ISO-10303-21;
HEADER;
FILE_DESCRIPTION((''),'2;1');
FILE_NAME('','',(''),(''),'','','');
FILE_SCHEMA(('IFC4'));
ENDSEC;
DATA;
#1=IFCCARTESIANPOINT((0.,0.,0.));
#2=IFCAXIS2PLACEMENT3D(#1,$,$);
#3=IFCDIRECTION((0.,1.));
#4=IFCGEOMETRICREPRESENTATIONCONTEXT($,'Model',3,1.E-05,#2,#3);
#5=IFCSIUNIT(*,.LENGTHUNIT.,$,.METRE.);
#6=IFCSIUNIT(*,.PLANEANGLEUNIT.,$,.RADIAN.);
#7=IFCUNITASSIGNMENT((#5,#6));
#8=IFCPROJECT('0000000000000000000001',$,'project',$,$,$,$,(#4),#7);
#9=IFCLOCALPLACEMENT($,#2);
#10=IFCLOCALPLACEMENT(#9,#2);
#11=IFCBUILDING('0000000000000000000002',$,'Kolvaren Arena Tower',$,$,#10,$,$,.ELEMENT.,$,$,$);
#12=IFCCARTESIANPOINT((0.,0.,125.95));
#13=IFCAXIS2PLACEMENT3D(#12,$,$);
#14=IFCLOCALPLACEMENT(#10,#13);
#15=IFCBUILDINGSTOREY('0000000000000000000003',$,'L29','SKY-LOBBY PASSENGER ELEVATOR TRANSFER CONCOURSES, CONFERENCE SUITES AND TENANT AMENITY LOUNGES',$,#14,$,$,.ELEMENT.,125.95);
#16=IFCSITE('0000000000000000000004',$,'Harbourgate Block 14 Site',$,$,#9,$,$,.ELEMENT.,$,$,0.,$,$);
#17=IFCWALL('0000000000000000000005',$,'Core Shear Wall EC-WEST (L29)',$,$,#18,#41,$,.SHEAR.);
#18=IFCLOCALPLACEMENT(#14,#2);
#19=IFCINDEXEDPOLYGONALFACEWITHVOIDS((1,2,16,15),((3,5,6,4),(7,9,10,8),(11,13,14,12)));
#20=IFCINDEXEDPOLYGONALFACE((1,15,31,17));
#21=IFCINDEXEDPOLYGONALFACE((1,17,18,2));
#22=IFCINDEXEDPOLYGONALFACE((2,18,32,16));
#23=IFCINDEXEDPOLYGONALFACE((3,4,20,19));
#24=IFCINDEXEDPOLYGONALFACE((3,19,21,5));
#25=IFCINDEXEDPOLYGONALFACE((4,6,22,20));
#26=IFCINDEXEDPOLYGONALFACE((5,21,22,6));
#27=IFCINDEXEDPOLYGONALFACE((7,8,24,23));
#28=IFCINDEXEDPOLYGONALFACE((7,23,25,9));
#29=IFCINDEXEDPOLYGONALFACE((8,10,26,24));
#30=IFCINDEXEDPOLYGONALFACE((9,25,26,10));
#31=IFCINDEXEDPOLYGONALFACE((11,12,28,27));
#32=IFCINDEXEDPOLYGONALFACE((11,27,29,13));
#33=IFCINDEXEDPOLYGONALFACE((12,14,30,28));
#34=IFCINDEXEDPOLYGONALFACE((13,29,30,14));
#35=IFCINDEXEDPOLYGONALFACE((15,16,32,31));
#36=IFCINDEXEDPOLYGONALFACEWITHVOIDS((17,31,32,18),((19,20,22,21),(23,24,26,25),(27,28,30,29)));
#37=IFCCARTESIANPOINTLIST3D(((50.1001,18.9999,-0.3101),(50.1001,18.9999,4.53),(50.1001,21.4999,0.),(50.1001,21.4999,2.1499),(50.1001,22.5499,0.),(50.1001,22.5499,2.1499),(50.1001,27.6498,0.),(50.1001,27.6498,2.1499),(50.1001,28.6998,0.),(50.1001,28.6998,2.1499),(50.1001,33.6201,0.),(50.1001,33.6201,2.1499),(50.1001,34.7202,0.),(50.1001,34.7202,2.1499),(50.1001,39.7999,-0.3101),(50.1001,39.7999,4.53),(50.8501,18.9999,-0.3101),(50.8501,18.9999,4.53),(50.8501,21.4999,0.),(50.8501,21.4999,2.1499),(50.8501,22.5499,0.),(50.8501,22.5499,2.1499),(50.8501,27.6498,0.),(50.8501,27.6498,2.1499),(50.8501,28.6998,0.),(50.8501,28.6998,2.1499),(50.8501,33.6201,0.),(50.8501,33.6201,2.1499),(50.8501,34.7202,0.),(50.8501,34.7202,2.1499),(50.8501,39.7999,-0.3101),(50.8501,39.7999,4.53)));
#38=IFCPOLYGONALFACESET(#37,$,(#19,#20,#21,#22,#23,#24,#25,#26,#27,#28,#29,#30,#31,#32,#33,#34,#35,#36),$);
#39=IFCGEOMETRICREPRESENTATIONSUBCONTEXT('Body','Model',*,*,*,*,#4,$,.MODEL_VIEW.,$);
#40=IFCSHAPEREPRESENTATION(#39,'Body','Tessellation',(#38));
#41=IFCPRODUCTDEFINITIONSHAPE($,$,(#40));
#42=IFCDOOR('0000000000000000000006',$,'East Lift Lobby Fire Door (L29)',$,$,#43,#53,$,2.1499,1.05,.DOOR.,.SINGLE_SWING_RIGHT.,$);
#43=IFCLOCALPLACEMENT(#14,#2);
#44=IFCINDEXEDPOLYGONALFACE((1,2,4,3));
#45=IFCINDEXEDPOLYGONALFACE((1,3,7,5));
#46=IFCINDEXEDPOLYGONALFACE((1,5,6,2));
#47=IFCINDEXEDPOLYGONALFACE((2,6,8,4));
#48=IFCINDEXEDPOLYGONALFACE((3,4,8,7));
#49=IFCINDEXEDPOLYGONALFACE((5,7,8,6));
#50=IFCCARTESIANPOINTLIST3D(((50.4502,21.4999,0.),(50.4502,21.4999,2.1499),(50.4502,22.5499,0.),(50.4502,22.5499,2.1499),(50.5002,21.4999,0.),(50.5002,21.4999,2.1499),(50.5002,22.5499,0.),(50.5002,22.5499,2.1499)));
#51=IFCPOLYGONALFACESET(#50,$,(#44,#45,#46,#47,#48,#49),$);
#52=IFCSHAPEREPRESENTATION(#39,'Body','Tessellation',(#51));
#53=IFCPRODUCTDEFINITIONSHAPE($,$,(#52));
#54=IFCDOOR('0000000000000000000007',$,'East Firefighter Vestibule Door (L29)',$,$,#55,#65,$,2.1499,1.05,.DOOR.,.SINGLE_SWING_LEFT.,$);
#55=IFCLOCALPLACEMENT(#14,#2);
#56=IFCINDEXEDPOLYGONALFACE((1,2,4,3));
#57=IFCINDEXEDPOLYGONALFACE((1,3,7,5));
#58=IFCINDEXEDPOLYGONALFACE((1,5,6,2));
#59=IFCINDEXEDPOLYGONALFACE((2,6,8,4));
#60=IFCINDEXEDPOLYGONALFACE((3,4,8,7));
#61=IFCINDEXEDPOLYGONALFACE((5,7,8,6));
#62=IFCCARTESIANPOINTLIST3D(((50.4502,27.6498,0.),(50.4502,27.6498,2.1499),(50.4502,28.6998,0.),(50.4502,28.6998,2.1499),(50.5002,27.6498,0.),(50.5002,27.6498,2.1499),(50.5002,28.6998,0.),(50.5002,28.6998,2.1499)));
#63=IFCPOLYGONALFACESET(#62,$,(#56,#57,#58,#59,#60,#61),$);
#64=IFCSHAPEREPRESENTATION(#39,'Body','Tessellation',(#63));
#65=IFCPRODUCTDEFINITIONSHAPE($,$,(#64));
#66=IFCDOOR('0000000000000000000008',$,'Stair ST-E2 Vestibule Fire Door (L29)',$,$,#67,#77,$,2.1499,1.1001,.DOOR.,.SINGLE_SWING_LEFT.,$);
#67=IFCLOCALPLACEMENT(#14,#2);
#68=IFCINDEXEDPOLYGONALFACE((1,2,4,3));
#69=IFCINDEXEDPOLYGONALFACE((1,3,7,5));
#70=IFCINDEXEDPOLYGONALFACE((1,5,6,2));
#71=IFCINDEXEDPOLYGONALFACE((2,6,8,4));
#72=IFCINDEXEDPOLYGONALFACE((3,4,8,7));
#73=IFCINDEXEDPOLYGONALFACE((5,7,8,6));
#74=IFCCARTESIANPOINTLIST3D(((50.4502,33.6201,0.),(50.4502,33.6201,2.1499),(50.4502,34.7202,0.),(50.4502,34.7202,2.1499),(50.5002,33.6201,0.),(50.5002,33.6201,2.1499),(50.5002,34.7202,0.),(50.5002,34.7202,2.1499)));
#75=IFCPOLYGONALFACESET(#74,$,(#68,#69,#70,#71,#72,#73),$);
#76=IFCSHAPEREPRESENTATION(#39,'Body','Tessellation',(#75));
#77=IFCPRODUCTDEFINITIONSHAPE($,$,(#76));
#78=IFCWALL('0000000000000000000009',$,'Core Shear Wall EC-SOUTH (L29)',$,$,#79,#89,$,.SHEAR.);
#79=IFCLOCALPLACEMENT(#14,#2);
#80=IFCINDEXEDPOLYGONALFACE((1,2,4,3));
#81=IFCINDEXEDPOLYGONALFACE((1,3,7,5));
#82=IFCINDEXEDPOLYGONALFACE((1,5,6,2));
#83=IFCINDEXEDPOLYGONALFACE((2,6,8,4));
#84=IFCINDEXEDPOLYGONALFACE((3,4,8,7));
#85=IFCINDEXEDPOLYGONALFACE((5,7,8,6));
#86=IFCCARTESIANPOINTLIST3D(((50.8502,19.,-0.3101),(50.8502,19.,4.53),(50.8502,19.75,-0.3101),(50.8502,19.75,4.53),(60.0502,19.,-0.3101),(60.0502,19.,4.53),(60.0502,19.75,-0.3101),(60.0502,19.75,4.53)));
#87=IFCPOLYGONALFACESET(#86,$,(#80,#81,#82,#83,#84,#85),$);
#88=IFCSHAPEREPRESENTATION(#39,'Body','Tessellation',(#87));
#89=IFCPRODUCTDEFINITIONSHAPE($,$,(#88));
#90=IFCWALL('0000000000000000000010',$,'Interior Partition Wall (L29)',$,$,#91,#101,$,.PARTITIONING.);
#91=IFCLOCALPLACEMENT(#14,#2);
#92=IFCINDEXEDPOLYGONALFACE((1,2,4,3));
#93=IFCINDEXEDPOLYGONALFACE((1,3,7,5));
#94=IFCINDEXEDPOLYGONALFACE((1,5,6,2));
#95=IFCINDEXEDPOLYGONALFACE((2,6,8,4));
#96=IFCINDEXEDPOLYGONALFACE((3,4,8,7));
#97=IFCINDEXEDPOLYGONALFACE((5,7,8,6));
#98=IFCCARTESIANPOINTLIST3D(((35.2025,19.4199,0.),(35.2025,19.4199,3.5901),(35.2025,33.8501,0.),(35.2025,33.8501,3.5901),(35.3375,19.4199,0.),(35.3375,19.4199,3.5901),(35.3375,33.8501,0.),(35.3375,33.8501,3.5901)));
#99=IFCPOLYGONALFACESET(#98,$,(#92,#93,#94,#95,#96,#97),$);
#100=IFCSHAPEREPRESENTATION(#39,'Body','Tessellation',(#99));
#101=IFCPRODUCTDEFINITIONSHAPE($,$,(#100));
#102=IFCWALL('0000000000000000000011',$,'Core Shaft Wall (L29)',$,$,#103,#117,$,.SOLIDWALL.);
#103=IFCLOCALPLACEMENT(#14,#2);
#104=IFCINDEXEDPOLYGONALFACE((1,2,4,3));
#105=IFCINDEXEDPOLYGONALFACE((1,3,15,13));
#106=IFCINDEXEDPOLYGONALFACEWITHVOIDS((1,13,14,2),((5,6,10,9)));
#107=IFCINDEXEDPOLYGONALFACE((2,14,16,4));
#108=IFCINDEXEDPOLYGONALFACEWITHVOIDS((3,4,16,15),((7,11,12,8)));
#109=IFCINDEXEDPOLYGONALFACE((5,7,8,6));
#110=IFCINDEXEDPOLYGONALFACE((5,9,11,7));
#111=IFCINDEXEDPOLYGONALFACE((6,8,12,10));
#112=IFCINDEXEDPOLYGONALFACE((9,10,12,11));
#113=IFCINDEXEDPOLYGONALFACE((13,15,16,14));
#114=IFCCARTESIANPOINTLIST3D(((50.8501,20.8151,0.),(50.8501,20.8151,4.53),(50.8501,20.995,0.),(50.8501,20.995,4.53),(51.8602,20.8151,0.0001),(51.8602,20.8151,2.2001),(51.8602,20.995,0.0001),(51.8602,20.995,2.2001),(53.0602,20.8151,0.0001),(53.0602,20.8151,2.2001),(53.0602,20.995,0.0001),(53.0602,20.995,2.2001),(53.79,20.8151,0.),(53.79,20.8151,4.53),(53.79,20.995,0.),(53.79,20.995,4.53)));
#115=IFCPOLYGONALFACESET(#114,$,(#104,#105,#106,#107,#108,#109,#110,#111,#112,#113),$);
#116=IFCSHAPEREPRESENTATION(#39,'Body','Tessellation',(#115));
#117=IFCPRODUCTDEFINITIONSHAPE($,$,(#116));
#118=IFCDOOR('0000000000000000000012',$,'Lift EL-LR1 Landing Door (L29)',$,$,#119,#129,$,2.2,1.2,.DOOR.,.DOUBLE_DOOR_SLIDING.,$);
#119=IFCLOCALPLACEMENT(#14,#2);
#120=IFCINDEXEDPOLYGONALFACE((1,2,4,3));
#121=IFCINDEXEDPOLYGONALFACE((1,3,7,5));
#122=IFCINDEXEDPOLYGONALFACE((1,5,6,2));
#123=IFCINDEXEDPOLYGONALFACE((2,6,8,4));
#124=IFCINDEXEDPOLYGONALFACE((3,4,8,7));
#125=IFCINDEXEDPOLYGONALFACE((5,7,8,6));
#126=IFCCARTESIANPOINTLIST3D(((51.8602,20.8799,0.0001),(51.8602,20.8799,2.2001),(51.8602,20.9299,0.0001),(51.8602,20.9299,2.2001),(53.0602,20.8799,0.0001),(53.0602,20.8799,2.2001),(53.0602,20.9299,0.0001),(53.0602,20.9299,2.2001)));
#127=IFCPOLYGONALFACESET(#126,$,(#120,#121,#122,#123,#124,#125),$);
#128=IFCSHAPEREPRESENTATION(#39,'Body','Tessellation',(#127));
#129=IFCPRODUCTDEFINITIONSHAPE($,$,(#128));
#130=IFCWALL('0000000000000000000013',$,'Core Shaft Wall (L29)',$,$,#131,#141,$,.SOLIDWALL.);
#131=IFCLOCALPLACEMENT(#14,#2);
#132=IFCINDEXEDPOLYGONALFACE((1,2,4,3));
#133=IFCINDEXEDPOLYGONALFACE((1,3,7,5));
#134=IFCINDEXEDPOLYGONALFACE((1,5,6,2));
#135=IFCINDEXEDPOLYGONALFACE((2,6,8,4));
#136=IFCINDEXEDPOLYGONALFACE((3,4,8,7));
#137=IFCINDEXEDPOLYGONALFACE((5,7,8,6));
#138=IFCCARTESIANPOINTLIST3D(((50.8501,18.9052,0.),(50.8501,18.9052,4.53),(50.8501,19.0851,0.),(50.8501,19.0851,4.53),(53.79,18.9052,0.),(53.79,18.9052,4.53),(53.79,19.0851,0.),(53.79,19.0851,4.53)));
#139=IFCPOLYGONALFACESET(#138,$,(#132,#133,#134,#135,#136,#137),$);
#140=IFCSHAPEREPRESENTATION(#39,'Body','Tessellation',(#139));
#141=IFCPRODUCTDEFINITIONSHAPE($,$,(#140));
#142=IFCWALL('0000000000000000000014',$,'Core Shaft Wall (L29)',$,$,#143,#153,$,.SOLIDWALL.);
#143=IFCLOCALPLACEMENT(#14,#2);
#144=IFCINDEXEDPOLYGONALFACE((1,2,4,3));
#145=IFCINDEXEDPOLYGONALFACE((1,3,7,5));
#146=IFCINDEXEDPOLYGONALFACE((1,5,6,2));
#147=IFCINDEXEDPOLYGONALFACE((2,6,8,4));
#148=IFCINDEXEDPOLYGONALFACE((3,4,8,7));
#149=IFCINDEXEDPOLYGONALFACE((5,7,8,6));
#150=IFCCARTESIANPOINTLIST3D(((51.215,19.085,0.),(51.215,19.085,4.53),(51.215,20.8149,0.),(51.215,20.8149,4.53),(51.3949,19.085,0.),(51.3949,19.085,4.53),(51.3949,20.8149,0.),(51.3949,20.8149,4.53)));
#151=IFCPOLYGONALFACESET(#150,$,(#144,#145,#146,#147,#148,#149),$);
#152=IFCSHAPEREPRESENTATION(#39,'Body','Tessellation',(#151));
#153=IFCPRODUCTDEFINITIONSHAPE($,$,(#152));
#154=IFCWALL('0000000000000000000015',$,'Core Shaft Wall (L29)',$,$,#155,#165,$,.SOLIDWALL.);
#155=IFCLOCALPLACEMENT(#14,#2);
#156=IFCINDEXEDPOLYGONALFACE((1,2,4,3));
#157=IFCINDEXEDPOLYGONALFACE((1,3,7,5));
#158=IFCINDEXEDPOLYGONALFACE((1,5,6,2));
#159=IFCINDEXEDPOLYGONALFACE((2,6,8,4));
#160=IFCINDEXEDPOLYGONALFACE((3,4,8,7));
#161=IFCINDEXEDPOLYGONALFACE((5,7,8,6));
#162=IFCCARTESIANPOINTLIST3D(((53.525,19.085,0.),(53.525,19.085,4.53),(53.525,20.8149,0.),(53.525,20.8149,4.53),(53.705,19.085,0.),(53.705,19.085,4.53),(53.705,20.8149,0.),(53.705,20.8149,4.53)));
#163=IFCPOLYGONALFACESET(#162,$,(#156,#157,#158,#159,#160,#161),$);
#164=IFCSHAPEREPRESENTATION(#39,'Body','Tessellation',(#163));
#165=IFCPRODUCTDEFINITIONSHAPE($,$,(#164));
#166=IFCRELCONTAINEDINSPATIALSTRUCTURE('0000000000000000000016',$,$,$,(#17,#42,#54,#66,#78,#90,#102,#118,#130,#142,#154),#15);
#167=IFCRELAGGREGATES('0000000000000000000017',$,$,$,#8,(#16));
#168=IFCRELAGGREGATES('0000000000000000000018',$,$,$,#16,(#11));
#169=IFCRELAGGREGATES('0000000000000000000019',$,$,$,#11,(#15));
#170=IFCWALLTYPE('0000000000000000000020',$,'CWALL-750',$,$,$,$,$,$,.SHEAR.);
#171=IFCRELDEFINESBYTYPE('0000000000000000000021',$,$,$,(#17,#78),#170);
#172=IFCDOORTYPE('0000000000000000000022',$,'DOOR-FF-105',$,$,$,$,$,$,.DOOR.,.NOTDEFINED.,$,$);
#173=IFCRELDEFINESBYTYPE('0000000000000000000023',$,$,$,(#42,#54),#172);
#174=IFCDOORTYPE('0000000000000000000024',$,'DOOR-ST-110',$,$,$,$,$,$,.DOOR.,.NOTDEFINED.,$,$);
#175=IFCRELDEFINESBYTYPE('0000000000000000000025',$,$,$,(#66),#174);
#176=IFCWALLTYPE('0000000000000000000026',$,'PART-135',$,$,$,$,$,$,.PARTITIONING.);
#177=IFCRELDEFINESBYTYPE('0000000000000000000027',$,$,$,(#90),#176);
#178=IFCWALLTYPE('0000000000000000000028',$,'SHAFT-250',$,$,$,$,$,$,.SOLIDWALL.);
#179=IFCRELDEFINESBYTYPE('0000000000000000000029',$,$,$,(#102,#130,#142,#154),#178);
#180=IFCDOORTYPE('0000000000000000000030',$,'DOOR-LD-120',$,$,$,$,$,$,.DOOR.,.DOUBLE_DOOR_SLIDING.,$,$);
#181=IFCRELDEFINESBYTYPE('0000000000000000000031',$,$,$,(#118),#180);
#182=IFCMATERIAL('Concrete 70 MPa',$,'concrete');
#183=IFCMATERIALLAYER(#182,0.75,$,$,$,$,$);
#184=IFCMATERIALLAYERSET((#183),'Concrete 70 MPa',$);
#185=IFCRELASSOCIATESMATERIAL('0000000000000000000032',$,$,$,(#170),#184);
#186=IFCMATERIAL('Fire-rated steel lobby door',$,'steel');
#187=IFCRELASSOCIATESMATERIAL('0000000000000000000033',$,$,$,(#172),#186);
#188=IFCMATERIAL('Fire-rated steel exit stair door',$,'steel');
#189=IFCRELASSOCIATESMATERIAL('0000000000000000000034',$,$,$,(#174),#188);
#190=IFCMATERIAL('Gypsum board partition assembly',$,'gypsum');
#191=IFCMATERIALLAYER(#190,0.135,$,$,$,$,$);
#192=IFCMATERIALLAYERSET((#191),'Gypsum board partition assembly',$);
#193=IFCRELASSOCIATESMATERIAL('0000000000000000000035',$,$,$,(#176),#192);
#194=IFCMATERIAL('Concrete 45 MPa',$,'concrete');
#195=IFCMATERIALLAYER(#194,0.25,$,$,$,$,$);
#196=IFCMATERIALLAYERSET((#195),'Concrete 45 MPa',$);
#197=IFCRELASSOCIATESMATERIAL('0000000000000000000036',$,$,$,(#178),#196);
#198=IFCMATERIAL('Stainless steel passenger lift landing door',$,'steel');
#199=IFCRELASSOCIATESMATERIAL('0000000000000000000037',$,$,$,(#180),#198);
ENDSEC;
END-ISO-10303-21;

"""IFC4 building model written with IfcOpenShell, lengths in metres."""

from ifc_helpers import new_model, si_unit, direction, frame, frame_2d, origin, place, context, subcontext, project, spatial, rectangle, extrude, material, layer, layer_set, type_object, element, fill, save


model = new_model("IFC4")

# Units and contexts
model_context = context("Model", 3, precision=1e-05, world=origin(), true_north=direction((0.0, 1.0)))
body_context = subcontext(model_context, "Body", "Model", "MODEL_VIEW")
ifc_project = project(units=[si_unit("LENGTHUNIT", "METRE"), si_unit("PLANEANGLEUNIT", "RADIAN")], contexts=[model_context])

# Site, building, storey
site_placement = place(None, origin())
site = spatial("IfcSite", under=ifc_project, at=site_placement, Name="Harbourgate Block 14 Site", CompositionType="ELEMENT", RefElevation=0.0)
building_placement = place(site_placement, origin())
building = spatial("IfcBuilding", under=site, at=building_placement, Name="Kolvaren Arena Tower", CompositionType="ELEMENT")
storey_placement = place(building_placement, frame((0.0, 0.0, 125.95)))
storey = spatial("IfcBuildingStorey", under=building, at=storey_placement, Name="L29", Description="SKY-LOBBY PASSENGER ELEVATOR TRANSFER CONCOURSES, CONFERENCE SUITES AND TENANT AMENITY LOUNGES", CompositionType="ELEMENT", Elevation=125.95)

# Wall, openings, doors
ifc_material_1 = material(Name="Concrete 70 MPa", Category="concrete")
ifc_layer_1 = layer(ifc_material_1, 0.75)
ifc_layer_set_1 = layer_set([ifc_layer_1], Name="Concrete 70 MPa")
wall_type_1 = type_object("IfcWallType", Name="CWALL-750", PredefinedType="SHEAR", material=ifc_layer_set_1)
wall_1_placement = place(storey_placement, frame((50.4751, 19.0, -0.3101), z_axis=(0.0, 0.0, 1.0), x_axis=(0.0, 1.0, 0.0)))
wall_1 = element("IfcWall", 1, at=wall_1_placement, inside=storey, type_object=wall_type_1, Name="Core Shear Wall EC-WEST (L29)", PredefinedType="SHEAR", context=body_context, shape_type="SweptSolid", body=[
    extrude(rectangle(XDim=20.8, YDim=0.75, at=frame_2d((10.3999, 0.0))), origin(), (0.0, 0.0, 1.0), 4.8401),
])
opening_1_placement = place(wall_1_placement, frame((2.5, 0.0, 0.3101)))
opening_1 = element("IfcOpeningElement", 2, at=opening_1_placement, cuts=wall_1, PredefinedType="OPENING", context=body_context, shape_type="SweptSolid", body=[
    extrude(rectangle(XDim=1.05, YDim=2.1499, at=frame_2d((0.5249, 1.075))), frame((0.0, 0.385, 0.0), z_axis=(0.0, -1.0, 0.0), x_axis=(1.0, 0.0, 0.0)), (0.0, 0.0, 1.0), 0.77),
])
opening_2_placement = place(wall_1_placement, frame((8.6499, 0.0, 0.3101)))
opening_2 = element("IfcOpeningElement", 3, at=opening_2_placement, cuts=wall_1, PredefinedType="OPENING", context=body_context, shape_type="SweptSolid", body=[
    extrude(rectangle(XDim=1.05, YDim=2.1499, at=frame_2d((0.5249, 1.075))), frame((0.0, 0.385, 0.0), z_axis=(0.0, -1.0, 0.0), x_axis=(1.0, 0.0, 0.0)), (0.0, 0.0, 1.0), 0.77),
])
opening_3_placement = place(wall_1_placement, frame((14.6201, 0.0, 0.3101)))
opening_3 = element("IfcOpeningElement", 4, at=opening_3_placement, cuts=wall_1, PredefinedType="OPENING", context=body_context, shape_type="SweptSolid", body=[
    extrude(rectangle(XDim=1.1001, YDim=2.1499, at=frame_2d((0.55, 1.075))), frame((0.0, 0.385, 0.0), z_axis=(0.0, -1.0, 0.0), x_axis=(1.0, 0.0, 0.0)), (0.0, 0.0, 1.0), 0.77),
])
ifc_material_2 = material(Name="Fire-rated steel lobby door", Category="steel")
door_type_1 = type_object("IfcDoorType", Name="DOOR-FF-105", OperationType="NOTDEFINED", PredefinedType="DOOR", material=ifc_material_2)
door_1_placement = place(opening_1_placement, origin())
door_1 = element("IfcDoor", 5, at=door_1_placement, inside=storey, type_object=door_type_1, Name="East Lift Lobby Fire Door (L29)", OperationType="SINGLE_SWING_RIGHT", OverallHeight=2.1499, OverallWidth=1.05, PredefinedType="DOOR", context=body_context, shape_type="SweptSolid", body=[
    extrude(rectangle(XDim=1.05, YDim=2.1499, at=frame_2d((0.5249, 1.075))), frame((0.0, 0.0249, 0.0), z_axis=(0.0, -1.0, 0.0), x_axis=(1.0, 0.0, 0.0)), (0.0, 0.0, 1.0), 0.05),
])
fill(opening_1, door_1)
door_2_placement = place(opening_2_placement, origin())
door_2 = element("IfcDoor", 6, at=door_2_placement, inside=storey, type_object=door_type_1, Name="East Firefighter Vestibule Door (L29)", OperationType="SINGLE_SWING_LEFT", OverallHeight=2.1499, OverallWidth=1.05, PredefinedType="DOOR", context=body_context, shape_type="SweptSolid", body=[
    extrude(rectangle(XDim=1.05, YDim=2.1499, at=frame_2d((0.5249, 1.075))), frame((0.0, 0.0249, 0.0), z_axis=(0.0, -1.0, 0.0), x_axis=(1.0, 0.0, 0.0)), (0.0, 0.0, 1.0), 0.05),
])
fill(opening_2, door_2)
ifc_material_3 = material(Name="Fire-rated steel exit stair door", Category="steel")
door_type_2 = type_object("IfcDoorType", Name="DOOR-ST-110", OperationType="NOTDEFINED", PredefinedType="DOOR", material=ifc_material_3)
door_3_placement = place(opening_3_placement, origin())
door_3 = element("IfcDoor", 7, at=door_3_placement, inside=storey, type_object=door_type_2, Name="Stair ST-E2 Vestibule Fire Door (L29)", OperationType="SINGLE_SWING_LEFT", OverallHeight=2.1499, OverallWidth=1.1001, PredefinedType="DOOR", context=body_context, shape_type="SweptSolid", body=[
    extrude(rectangle(XDim=1.1001, YDim=2.1499, at=frame_2d((0.55, 1.075))), frame((0.0, 0.0249, 0.0), z_axis=(0.0, -1.0, 0.0), x_axis=(1.0, 0.0, 0.0)), (0.0, 0.0, 1.0), 0.05),
])
fill(opening_3, door_3)

# Walls
wall_2_placement = place(storey_placement, frame((50.8501, 19.375, -0.3101), z_axis=(0.0, 0.0, 1.0), x_axis=(1.0, 0.0, 0.0)))
element("IfcWall", 8, at=wall_2_placement, inside=storey, type_object=wall_type_1, Name="Core Shear Wall EC-SOUTH (L29)", PredefinedType="SHEAR", context=body_context, shape_type="SweptSolid", body=[
    extrude(rectangle(XDim=9.2, YDim=0.75, at=frame_2d((4.6001, 0.0))), origin(), (0.0, 0.0, 1.0), 4.8401),
])
ifc_material_4 = material(Name="Gypsum board partition assembly", Category="gypsum")
ifc_layer_2 = layer(ifc_material_4, 0.135)
ifc_layer_set_2 = layer_set([ifc_layer_2], Name="Gypsum board partition assembly")
wall_type_2 = type_object("IfcWallType", Name="PART-135", PredefinedType="PARTITIONING", material=ifc_layer_set_2)
wall_3_placement = place(storey_placement, frame((35.27, 19.4199, 0.0), z_axis=(0.0, 0.0, 1.0), x_axis=(0.0, 1.0, 0.0)))
element("IfcWall", 9, at=wall_3_placement, inside=storey, type_object=wall_type_2, Name="Interior Partition Wall (L29)", PredefinedType="PARTITIONING", context=body_context, shape_type="SweptSolid", body=[
    extrude(rectangle(XDim=14.4302, YDim=0.135, at=frame_2d((7.2151, 0.0))), origin(), (0.0, 0.0, 1.0), 3.5901),
])

# Wall, opening, door
ifc_material_5 = material(Name="Concrete 45 MPa", Category="concrete")
ifc_layer_3 = layer(ifc_material_5, 0.25)
ifc_layer_set_3 = layer_set([ifc_layer_3], Name="Concrete 45 MPa")
wall_type_3 = type_object("IfcWallType", Name="SHAFT-250", PredefinedType="SOLIDWALL", material=ifc_layer_set_3)
wall_4_placement = place(storey_placement, frame((50.8501, 20.905, 0.0), z_axis=(0.0, 0.0, 1.0), x_axis=(1.0, 0.0, 0.0)))
wall_4 = element("IfcWall", 10, at=wall_4_placement, inside=storey, type_object=wall_type_3, Name="Core Shaft Wall (L29)", PredefinedType="SOLIDWALL", context=body_context, shape_type="SweptSolid", body=[
    extrude(rectangle(XDim=2.9399, YDim=0.1799, at=frame_2d((1.47, 0.0))), origin(), (0.0, 0.0, 1.0), 4.53),
])
opening_4_placement = place(wall_4_placement, frame((1.01, 0.0, 0.0)))
opening_4 = element("IfcOpeningElement", 11, at=opening_4_placement, cuts=wall_4, PredefinedType="OPENING", context=body_context, shape_type="SweptSolid", body=[
    extrude(rectangle(XDim=1.2, YDim=2.2, at=frame_2d((0.6001, 1.1001))), frame((0.0, 0.0999, 0.0), z_axis=(0.0, -1.0, 0.0), x_axis=(1.0, 0.0, 0.0)), (0.0, 0.0, 1.0), 0.2),
])
ifc_material_6 = material(Name="Stainless steel passenger lift landing door", Category="steel")
door_type_3 = type_object("IfcDoorType", Name="DOOR-LD-120", OperationType="DOUBLE_DOOR_SLIDING", PredefinedType="DOOR", material=ifc_material_6)
door_4_placement = place(opening_4_placement, origin())
door_4 = element("IfcDoor", 12, at=door_4_placement, inside=storey, type_object=door_type_3, Name="Lift EL-LR1 Landing Door (L29)", OperationType="DOUBLE_DOOR_SLIDING", OverallHeight=2.2, OverallWidth=1.2, PredefinedType="DOOR", context=body_context, shape_type="SweptSolid", body=[
    extrude(rectangle(XDim=1.2, YDim=2.2, at=frame_2d((0.6001, 1.1001))), frame((0.0, 0.0249, 0.0), z_axis=(0.0, -1.0, 0.0), x_axis=(1.0, 0.0, 0.0)), (0.0, 0.0, 1.0), 0.05),
])
fill(opening_4, door_4)

# Walls
wall_5_placement = place(storey_placement, frame((50.8501, 18.9951, 0.0), z_axis=(0.0, 0.0, 1.0), x_axis=(1.0, 0.0, 0.0)))
element("IfcWall", 13, at=wall_5_placement, inside=storey, type_object=wall_type_3, Name="Core Shaft Wall (L29)", PredefinedType="SOLIDWALL", context=body_context, shape_type="SweptSolid", body=[
    extrude(rectangle(XDim=2.9399, YDim=0.1799, at=frame_2d((1.47, 0.0))), origin(), (0.0, 0.0, 1.0), 4.53),
])
for number, where, z_axis, x_axis, name in (
    (14, (51.3049, 19.085, 0.0), (0.0, 0.0, 1.0), (0.0, 1.0, 0.0), "Core Shaft Wall (L29)"),
    (15, (53.615, 19.085, 0.0), (0.0, 0.0, 1.0), (0.0, 1.0, 0.0), "Core Shaft Wall (L29)"),
):
    element("IfcWall", number, at=place(storey_placement, frame(where, z_axis=z_axis, x_axis=x_axis)), inside=storey, type_object=wall_type_3, Name=name, PredefinedType="SOLIDWALL", context=body_context, shape_type="SweptSolid", body=[
        extrude(rectangle(XDim=1.73, YDim=0.1799, at=frame_2d((0.865, 0.0))), origin(), (0.0, 0.0, 1.0), 4.53),
    ])

save(model, "model.ifc")
